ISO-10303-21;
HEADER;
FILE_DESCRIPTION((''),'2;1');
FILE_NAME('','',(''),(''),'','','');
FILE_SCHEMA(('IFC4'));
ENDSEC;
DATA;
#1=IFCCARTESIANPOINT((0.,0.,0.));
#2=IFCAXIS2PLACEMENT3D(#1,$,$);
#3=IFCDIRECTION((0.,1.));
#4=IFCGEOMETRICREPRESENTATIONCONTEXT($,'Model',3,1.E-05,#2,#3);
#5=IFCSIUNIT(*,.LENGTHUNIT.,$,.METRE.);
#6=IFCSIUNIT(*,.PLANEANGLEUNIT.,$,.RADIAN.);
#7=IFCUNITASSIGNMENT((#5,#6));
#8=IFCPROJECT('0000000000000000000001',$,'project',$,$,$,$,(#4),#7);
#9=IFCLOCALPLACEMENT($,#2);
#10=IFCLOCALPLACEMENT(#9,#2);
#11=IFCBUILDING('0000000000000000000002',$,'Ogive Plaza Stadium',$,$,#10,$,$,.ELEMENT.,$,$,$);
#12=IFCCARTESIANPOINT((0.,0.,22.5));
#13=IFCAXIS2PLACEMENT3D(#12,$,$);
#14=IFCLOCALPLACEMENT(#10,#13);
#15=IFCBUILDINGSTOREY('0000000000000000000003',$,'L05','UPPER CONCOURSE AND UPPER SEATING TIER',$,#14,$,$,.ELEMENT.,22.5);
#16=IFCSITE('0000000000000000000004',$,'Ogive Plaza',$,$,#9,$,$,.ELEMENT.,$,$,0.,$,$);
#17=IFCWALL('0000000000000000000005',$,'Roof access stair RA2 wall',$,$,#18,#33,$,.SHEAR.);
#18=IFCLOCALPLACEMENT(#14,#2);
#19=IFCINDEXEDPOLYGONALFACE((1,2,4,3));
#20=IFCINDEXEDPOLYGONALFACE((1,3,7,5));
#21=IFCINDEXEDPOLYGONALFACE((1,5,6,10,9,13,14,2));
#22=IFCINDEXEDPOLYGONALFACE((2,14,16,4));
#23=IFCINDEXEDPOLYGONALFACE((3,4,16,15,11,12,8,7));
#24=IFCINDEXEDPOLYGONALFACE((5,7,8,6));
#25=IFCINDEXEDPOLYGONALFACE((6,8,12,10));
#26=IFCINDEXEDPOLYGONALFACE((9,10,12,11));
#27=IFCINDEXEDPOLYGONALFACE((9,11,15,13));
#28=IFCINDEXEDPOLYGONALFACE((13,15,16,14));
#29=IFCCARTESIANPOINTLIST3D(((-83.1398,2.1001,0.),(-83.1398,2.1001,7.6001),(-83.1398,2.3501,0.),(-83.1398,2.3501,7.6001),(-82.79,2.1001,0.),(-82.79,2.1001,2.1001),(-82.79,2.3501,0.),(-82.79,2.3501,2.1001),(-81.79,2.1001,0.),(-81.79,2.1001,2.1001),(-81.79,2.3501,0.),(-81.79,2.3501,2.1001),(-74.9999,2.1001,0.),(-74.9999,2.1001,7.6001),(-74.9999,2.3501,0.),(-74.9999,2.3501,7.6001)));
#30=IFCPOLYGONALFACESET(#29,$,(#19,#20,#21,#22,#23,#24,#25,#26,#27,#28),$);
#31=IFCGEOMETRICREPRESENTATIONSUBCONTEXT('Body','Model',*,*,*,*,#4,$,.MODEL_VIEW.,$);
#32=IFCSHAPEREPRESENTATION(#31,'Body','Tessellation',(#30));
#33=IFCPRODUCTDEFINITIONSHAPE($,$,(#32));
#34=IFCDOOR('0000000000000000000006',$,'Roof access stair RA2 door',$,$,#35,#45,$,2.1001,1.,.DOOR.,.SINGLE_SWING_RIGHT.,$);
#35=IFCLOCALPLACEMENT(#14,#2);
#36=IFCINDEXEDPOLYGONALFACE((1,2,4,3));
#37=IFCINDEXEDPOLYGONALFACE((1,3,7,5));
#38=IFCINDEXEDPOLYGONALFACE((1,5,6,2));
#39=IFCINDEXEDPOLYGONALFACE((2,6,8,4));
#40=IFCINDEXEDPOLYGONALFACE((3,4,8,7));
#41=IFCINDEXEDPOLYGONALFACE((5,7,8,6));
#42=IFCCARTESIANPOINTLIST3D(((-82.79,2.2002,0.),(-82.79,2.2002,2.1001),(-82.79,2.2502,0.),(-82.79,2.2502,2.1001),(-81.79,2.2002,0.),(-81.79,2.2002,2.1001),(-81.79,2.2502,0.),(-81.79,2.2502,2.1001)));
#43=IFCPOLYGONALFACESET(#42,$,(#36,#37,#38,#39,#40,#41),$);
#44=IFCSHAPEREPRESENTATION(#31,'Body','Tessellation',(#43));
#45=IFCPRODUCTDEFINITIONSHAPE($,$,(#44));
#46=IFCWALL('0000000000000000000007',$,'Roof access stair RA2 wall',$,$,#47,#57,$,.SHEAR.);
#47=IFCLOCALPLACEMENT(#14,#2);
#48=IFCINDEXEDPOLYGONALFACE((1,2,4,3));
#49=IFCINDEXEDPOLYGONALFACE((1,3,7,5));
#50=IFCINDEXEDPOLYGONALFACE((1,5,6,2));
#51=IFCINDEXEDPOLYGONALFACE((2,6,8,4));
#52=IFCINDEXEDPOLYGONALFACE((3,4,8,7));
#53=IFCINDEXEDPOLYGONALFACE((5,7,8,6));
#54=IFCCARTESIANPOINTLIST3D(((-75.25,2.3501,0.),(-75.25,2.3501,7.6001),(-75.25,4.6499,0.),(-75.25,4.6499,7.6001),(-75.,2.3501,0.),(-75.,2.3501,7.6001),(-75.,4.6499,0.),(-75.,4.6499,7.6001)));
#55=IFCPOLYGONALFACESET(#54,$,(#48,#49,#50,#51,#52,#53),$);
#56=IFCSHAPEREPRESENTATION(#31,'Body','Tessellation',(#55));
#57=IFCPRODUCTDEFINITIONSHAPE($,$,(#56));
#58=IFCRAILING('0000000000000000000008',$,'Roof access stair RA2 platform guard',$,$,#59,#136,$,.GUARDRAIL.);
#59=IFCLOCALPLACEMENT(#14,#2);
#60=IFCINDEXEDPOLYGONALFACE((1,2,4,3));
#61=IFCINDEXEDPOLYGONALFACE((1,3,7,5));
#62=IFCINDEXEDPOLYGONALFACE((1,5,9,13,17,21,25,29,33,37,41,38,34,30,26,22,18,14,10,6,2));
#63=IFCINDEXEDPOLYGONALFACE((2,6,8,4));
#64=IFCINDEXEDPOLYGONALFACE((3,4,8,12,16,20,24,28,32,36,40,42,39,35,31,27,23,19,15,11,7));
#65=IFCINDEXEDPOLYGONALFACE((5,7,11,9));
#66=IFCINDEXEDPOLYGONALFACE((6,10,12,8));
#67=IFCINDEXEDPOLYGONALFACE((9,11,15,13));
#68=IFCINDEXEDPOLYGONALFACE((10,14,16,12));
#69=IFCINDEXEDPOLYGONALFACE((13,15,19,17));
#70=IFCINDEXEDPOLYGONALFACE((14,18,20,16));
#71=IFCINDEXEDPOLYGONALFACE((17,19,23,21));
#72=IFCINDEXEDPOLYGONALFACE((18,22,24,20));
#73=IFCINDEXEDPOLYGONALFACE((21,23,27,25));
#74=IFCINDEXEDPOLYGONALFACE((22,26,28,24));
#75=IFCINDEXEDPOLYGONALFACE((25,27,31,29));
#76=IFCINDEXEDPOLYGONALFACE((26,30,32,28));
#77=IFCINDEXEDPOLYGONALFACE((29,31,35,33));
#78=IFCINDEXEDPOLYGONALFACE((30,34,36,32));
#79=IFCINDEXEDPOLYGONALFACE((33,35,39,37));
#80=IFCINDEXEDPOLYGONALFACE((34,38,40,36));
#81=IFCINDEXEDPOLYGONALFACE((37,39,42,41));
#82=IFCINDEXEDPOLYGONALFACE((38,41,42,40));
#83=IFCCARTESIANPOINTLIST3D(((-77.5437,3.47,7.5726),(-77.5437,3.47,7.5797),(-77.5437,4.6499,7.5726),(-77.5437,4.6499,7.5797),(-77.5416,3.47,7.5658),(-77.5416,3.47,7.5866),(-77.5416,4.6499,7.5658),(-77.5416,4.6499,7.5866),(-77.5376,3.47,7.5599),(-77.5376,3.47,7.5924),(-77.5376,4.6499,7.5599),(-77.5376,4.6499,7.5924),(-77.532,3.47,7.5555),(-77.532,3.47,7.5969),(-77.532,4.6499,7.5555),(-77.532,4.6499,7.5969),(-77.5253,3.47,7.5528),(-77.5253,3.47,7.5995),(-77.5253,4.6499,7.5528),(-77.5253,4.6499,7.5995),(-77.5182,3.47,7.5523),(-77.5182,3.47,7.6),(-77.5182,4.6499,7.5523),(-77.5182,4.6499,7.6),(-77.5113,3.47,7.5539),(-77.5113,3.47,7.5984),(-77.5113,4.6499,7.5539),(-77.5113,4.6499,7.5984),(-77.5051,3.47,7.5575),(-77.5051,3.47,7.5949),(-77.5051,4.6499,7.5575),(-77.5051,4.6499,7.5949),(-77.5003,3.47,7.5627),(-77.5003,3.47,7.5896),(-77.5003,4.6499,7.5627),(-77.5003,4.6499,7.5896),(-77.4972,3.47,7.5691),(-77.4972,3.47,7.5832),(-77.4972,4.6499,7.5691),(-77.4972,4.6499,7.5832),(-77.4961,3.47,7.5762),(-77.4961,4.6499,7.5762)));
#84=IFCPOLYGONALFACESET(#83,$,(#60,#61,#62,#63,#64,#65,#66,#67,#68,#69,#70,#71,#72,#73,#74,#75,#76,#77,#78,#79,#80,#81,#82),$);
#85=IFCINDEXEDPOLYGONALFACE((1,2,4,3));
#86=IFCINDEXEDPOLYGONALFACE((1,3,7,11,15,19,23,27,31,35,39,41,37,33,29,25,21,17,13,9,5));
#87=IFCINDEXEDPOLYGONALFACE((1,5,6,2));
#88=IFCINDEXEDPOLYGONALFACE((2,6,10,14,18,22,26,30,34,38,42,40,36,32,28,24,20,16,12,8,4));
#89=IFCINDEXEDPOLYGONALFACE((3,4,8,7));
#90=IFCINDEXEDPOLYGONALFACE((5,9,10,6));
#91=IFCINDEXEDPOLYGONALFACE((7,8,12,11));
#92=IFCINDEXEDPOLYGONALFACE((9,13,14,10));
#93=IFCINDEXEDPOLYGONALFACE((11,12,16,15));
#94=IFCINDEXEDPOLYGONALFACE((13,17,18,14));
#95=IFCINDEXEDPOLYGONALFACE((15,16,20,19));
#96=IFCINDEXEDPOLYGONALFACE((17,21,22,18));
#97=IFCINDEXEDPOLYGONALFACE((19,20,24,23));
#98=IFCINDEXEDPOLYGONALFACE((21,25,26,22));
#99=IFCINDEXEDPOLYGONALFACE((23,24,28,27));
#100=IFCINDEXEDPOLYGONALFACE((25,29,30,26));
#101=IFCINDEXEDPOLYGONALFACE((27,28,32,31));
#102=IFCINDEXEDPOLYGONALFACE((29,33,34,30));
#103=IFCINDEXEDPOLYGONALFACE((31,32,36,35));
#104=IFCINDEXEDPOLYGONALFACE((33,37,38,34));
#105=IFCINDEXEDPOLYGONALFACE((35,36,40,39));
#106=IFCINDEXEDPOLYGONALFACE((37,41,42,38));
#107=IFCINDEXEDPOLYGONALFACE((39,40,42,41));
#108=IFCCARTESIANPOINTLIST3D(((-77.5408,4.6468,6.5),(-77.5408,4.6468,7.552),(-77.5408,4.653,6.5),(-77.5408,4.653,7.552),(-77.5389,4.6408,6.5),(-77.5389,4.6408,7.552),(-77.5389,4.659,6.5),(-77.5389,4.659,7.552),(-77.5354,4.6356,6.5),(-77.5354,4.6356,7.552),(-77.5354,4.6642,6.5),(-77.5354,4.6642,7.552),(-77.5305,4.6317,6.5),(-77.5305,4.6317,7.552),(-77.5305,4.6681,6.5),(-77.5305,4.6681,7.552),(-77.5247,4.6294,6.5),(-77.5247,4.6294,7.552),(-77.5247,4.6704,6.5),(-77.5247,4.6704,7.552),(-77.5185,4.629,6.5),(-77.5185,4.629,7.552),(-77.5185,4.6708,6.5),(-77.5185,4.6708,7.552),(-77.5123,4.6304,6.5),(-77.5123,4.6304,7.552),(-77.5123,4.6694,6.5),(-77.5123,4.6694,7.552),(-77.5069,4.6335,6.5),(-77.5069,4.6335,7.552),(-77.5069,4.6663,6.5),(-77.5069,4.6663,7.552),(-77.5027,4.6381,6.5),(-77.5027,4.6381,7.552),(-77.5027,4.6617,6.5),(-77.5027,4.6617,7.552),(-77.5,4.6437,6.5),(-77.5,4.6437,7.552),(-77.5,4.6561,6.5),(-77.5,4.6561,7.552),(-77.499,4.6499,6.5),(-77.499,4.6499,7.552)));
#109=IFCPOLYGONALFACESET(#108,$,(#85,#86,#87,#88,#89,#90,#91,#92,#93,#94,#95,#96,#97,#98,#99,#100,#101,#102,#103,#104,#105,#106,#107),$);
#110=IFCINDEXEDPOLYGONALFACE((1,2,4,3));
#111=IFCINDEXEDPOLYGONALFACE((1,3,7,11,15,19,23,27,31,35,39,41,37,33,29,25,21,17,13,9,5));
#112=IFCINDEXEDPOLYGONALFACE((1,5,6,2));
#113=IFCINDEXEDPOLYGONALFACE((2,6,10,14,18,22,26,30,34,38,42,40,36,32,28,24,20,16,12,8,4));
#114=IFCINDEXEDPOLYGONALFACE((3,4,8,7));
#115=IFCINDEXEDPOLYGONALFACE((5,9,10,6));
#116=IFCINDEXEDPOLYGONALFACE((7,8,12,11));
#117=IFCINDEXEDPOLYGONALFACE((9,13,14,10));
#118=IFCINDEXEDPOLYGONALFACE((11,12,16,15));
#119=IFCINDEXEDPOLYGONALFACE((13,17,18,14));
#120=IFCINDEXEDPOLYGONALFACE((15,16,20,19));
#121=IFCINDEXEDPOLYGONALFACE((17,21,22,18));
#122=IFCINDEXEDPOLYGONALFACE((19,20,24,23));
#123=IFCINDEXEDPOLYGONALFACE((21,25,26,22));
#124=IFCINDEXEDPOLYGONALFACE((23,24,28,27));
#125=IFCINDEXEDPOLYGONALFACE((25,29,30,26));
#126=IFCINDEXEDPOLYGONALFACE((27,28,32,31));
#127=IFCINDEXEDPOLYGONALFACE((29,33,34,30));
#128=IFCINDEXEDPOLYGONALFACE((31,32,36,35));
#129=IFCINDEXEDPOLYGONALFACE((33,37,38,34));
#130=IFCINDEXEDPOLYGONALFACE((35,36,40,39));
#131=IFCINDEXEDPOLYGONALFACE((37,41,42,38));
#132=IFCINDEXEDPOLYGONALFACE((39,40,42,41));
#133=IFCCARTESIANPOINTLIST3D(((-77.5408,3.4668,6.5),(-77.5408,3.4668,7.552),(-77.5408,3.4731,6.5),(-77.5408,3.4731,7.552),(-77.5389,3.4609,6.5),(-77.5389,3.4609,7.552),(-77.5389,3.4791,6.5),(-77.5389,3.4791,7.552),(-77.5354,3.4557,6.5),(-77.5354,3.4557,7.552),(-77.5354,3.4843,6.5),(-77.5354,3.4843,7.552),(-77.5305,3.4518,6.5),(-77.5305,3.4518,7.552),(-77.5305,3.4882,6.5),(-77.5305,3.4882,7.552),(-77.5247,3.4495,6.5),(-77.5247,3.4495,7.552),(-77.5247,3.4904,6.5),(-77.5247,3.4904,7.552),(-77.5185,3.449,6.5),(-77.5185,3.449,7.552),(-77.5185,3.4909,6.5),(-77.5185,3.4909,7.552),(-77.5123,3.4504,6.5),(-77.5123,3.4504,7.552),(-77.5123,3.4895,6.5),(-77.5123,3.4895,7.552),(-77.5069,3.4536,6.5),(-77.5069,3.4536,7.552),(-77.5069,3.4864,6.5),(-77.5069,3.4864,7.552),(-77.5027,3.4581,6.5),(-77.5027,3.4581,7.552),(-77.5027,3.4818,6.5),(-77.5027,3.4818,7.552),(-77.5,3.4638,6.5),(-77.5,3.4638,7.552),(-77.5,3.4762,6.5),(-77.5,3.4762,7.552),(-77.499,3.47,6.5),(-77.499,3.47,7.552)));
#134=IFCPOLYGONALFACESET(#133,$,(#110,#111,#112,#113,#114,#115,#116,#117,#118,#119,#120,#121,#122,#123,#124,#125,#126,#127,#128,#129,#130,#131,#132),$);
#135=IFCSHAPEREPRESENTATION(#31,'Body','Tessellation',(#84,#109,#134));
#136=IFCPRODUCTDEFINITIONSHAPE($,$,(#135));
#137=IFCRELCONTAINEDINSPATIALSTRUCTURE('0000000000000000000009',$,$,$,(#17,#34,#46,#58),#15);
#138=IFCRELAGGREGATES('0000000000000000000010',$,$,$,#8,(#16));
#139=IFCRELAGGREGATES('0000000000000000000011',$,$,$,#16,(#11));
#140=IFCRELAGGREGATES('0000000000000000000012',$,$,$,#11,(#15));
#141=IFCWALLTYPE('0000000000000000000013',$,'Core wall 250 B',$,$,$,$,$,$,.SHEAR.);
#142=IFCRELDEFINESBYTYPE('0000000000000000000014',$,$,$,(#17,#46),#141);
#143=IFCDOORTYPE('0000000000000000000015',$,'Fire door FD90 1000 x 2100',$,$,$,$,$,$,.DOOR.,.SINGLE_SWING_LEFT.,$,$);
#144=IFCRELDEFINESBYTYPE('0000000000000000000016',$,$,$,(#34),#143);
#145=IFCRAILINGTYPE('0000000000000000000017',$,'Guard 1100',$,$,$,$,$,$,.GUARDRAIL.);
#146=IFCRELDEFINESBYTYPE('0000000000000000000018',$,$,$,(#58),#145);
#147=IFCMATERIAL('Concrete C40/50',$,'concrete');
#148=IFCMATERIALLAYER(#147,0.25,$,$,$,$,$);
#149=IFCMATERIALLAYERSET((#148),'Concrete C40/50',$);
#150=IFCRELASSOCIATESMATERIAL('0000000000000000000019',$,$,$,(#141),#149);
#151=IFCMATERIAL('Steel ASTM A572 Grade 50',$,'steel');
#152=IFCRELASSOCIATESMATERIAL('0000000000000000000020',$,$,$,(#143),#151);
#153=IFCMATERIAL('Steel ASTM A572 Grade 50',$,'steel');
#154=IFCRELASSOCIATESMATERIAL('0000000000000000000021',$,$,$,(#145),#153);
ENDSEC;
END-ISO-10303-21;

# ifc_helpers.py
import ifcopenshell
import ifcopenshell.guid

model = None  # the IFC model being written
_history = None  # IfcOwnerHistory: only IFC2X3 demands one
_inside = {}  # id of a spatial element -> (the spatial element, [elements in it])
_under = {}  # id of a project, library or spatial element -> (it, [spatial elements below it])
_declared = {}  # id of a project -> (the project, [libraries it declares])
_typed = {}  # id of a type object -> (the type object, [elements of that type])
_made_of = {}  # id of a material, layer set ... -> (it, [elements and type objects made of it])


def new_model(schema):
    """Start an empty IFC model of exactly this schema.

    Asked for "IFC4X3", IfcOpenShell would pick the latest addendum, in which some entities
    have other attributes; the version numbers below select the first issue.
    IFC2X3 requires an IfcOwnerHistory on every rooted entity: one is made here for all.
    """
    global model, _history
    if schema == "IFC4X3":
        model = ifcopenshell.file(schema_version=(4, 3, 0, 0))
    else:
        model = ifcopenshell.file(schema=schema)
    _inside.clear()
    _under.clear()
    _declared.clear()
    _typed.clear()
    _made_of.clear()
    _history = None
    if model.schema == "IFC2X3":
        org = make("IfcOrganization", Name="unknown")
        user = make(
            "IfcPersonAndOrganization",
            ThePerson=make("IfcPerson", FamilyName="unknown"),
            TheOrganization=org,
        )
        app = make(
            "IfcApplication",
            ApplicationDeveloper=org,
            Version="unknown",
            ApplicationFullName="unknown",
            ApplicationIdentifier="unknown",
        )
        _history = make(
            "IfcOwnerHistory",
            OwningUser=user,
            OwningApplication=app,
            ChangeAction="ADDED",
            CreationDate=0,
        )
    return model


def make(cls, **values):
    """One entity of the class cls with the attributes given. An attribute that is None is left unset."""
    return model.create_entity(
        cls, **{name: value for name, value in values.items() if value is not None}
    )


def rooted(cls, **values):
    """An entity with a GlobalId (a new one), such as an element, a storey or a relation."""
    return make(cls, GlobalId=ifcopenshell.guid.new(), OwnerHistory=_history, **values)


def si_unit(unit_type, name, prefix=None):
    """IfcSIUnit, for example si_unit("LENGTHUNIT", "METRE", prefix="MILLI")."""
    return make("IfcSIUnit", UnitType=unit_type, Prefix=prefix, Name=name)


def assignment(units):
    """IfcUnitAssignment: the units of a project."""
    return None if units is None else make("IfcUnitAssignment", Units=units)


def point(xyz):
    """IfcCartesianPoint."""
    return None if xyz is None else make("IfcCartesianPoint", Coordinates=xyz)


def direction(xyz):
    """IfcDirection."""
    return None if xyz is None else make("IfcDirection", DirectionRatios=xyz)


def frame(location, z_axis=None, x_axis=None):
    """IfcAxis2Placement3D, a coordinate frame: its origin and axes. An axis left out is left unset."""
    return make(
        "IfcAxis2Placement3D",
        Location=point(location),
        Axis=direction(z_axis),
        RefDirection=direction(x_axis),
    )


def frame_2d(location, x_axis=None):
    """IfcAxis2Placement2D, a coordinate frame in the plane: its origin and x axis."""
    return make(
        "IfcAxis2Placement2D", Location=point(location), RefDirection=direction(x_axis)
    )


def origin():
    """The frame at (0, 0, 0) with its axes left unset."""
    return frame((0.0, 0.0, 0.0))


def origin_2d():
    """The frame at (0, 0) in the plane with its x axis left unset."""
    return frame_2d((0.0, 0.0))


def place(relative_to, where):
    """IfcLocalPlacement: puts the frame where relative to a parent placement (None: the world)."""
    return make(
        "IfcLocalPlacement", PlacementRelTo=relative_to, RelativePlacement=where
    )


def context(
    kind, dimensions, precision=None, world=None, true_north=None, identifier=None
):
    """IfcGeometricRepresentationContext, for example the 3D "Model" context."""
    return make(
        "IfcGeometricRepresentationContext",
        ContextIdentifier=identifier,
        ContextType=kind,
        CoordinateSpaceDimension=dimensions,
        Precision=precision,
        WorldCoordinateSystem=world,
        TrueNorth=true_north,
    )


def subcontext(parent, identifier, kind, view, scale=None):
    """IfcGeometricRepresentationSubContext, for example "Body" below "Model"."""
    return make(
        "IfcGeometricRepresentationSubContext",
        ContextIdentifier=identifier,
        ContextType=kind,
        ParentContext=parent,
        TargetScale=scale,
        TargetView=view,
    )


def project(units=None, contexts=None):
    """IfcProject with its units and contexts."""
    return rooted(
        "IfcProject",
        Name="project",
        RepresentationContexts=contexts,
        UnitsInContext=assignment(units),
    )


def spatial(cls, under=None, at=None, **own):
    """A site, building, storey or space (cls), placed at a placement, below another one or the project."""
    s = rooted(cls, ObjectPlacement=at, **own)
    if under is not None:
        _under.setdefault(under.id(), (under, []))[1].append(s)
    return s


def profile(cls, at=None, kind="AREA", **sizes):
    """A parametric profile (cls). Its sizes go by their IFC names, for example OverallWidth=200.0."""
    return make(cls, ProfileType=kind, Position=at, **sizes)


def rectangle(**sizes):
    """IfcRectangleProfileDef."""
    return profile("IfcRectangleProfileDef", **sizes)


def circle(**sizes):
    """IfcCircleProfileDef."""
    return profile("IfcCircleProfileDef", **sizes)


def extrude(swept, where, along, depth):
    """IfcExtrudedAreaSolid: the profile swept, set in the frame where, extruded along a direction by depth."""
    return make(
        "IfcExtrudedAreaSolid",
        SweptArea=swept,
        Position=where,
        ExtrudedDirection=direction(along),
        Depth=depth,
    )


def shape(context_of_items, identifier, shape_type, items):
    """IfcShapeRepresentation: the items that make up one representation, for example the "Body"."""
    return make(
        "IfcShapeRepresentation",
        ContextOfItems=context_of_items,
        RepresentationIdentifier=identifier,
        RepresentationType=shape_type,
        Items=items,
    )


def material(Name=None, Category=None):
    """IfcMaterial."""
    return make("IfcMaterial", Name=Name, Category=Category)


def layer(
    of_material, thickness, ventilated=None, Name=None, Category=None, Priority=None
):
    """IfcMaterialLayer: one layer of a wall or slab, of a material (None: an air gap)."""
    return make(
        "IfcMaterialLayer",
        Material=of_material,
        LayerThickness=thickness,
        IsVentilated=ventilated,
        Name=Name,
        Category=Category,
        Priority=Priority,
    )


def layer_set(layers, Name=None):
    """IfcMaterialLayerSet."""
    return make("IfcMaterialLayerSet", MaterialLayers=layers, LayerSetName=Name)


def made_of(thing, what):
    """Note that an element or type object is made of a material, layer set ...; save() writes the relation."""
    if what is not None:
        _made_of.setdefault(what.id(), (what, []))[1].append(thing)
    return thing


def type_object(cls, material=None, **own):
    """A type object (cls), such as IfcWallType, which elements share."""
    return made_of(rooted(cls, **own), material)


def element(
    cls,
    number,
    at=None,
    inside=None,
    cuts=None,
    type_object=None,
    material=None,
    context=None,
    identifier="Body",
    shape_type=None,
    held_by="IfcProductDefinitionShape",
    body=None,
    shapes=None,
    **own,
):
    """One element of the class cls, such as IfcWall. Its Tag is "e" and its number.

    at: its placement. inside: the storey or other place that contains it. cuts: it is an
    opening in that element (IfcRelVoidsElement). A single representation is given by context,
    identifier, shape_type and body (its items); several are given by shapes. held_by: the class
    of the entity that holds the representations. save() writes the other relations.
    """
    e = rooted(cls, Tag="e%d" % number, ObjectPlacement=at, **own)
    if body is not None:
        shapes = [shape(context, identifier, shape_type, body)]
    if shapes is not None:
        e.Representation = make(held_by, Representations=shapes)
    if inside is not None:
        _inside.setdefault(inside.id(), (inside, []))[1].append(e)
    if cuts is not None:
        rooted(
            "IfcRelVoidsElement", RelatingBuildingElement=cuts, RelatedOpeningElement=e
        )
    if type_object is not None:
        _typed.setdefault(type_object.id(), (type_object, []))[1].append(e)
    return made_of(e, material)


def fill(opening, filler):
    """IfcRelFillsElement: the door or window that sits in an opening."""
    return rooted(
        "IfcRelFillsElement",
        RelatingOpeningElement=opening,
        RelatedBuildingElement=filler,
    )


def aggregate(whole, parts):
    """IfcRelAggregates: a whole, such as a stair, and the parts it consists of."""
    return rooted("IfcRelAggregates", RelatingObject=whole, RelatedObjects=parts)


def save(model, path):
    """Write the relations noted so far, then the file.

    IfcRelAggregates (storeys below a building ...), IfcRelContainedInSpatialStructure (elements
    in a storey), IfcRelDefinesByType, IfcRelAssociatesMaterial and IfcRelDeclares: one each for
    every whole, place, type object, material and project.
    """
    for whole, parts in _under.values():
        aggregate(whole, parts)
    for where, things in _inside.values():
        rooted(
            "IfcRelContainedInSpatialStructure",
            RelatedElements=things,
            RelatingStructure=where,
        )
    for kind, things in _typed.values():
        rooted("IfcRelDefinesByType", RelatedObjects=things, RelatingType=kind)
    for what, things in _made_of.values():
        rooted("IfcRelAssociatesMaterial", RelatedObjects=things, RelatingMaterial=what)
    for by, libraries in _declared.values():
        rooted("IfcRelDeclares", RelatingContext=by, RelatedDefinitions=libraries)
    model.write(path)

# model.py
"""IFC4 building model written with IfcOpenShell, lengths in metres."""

from ifc_helpers import new_model, si_unit, direction, frame, frame_2d, origin, origin_2d, place, context, subcontext, project, spatial, rectangle, circle, extrude, material, layer, layer_set, type_object, element, fill, save


model = new_model("IFC4")

# Units and contexts
model_context = context("Model", 3, precision=1e-05, world=origin(), true_north=direction((0.0, 1.0)))
body_context = subcontext(model_context, "Body", "Model", "MODEL_VIEW")
ifc_project = project(units=[si_unit("LENGTHUNIT", "METRE"), si_unit("PLANEANGLEUNIT", "RADIAN")], contexts=[model_context])

# Site, building, storey
site_placement = place(None, origin())
site = spatial("IfcSite", under=ifc_project, at=site_placement, Name="Ogive Plaza", CompositionType="ELEMENT", RefElevation=0.0)
building_placement = place(site_placement, origin())
building = spatial("IfcBuilding", under=site, at=building_placement, Name="Ogive Plaza Stadium", CompositionType="ELEMENT")
storey_placement = place(building_placement, frame((0.0, 0.0, 22.5)))
storey = spatial("IfcBuildingStorey", under=building, at=storey_placement, Name="L05", Description="UPPER CONCOURSE AND UPPER SEATING TIER", CompositionType="ELEMENT", Elevation=22.5)

# Shared definitions
ifc_material_1 = material(Name="Concrete C40/50", Category="concrete")
ifc_layer_1 = layer(ifc_material_1, 0.25)
ifc_layer_set_1 = layer_set([ifc_layer_1], Name="Concrete C40/50")
wall_type_1 = type_object("IfcWallType", Name="Core wall 250 B", PredefinedType="SHEAR", material=ifc_layer_set_1)

# Wall, opening, door
wall_1_placement = place(storey_placement, frame((-75.0, 2.2251, 0.0), z_axis=(0.0, 0.0, 1.0), x_axis=(-1.0, 0.0, 0.0)))
wall_1 = element("IfcWall", 1, at=wall_1_placement, inside=storey, type_object=wall_type_1, Name="Roof access stair RA2 wall", PredefinedType="SHEAR", context=body_context, shape_type="SweptSolid", body=[
    extrude(rectangle(XDim=8.1399, YDim=0.25, at=frame_2d((4.0698, 0.0))), origin(), (0.0, 0.0, 1.0), 7.6001),
])
opening_1_placement = place(wall_1_placement, frame((6.79, 0.0, 0.0)))
opening_1 = element("IfcOpeningElement", 2, at=opening_1_placement, cuts=wall_1, PredefinedType="OPENING", context=body_context, shape_type="SweptSolid", body=[
    extrude(rectangle(XDim=1.0, YDim=2.1001, at=frame_2d((0.5, 1.05))), frame((0.0, 0.125, 0.0), z_axis=(0.0, -1.0, 0.0), x_axis=(1.0, 0.0, 0.0)), (0.0, 0.0, 1.0), 0.25),
])
ifc_material_2 = material(Name="Steel ASTM A572 Grade 50", Category="steel")
door_type_1 = type_object("IfcDoorType", Name="Fire door FD90 1000 x 2100", OperationType="SINGLE_SWING_LEFT", PredefinedType="DOOR", material=ifc_material_2)
door_1_placement = place(opening_1_placement, origin())
door_1 = element("IfcDoor", 3, at=door_1_placement, inside=storey, type_object=door_type_1, Name="Roof access stair RA2 door", OperationType="SINGLE_SWING_RIGHT", OverallHeight=2.1001, OverallWidth=1.0, PredefinedType="DOOR", context=body_context, shape_type="SweptSolid", body=[
    extrude(rectangle(XDim=1.0, YDim=2.1001, at=frame_2d((0.5, 1.05))), frame((0.0, 0.0249, 0.0), z_axis=(0.0, -1.0, 0.0), x_axis=(1.0, 0.0, 0.0)), (0.0, 0.0, 1.0), 0.05),
])
fill(opening_1, door_1)

# Wall
wall_2_placement = place(storey_placement, frame((-75.125, 4.6499, 0.0), z_axis=(0.0, 0.0, 1.0), x_axis=(0.0, -1.0, 0.0)))
element("IfcWall", 4, at=wall_2_placement, inside=storey, type_object=wall_type_1, Name="Roof access stair RA2 wall", PredefinedType="SHEAR", context=body_context, shape_type="SweptSolid", body=[
    extrude(rectangle(XDim=2.2998, YDim=0.25, at=frame_2d((1.1499, 0.0))), origin(), (0.0, 0.0, 1.0), 7.6001),
])

# Railing
ifc_material_3 = material(Name="Steel ASTM A572 Grade 50", Category="steel")
railing_type_1 = type_object("IfcRailingType", Name="Guard 1100", PredefinedType="GUARDRAIL", material=ifc_material_3)
railing_placement = place(storey_placement, frame((-77.52, 4.6499, 6.5)))
element("IfcRailing", 5, at=railing_placement, inside=storey, type_object=railing_type_1, Name="Roof access stair RA2 platform guard", PredefinedType="GUARDRAIL", context=body_context, shape_type="SweptSolid", body=[
    extrude(circle(Radius=0.0239, at=origin_2d()), frame((0.0, 0.0, 1.0762), z_axis=(0.0, -1.0, 0.0), x_axis=(1.0, 0.0, 0.0)), (0.0, 0.0, 1.0), 1.1799),
    extrude(circle(Radius=0.021, at=origin_2d()), origin(), (0.0, 0.0, 1.0), 1.052),
    extrude(circle(Radius=0.021, at=origin_2d()), frame((0.0, -1.1799, 0.0)), (0.0, 0.0, 1.0), 1.052),
])

save(model, "model.ifc")
